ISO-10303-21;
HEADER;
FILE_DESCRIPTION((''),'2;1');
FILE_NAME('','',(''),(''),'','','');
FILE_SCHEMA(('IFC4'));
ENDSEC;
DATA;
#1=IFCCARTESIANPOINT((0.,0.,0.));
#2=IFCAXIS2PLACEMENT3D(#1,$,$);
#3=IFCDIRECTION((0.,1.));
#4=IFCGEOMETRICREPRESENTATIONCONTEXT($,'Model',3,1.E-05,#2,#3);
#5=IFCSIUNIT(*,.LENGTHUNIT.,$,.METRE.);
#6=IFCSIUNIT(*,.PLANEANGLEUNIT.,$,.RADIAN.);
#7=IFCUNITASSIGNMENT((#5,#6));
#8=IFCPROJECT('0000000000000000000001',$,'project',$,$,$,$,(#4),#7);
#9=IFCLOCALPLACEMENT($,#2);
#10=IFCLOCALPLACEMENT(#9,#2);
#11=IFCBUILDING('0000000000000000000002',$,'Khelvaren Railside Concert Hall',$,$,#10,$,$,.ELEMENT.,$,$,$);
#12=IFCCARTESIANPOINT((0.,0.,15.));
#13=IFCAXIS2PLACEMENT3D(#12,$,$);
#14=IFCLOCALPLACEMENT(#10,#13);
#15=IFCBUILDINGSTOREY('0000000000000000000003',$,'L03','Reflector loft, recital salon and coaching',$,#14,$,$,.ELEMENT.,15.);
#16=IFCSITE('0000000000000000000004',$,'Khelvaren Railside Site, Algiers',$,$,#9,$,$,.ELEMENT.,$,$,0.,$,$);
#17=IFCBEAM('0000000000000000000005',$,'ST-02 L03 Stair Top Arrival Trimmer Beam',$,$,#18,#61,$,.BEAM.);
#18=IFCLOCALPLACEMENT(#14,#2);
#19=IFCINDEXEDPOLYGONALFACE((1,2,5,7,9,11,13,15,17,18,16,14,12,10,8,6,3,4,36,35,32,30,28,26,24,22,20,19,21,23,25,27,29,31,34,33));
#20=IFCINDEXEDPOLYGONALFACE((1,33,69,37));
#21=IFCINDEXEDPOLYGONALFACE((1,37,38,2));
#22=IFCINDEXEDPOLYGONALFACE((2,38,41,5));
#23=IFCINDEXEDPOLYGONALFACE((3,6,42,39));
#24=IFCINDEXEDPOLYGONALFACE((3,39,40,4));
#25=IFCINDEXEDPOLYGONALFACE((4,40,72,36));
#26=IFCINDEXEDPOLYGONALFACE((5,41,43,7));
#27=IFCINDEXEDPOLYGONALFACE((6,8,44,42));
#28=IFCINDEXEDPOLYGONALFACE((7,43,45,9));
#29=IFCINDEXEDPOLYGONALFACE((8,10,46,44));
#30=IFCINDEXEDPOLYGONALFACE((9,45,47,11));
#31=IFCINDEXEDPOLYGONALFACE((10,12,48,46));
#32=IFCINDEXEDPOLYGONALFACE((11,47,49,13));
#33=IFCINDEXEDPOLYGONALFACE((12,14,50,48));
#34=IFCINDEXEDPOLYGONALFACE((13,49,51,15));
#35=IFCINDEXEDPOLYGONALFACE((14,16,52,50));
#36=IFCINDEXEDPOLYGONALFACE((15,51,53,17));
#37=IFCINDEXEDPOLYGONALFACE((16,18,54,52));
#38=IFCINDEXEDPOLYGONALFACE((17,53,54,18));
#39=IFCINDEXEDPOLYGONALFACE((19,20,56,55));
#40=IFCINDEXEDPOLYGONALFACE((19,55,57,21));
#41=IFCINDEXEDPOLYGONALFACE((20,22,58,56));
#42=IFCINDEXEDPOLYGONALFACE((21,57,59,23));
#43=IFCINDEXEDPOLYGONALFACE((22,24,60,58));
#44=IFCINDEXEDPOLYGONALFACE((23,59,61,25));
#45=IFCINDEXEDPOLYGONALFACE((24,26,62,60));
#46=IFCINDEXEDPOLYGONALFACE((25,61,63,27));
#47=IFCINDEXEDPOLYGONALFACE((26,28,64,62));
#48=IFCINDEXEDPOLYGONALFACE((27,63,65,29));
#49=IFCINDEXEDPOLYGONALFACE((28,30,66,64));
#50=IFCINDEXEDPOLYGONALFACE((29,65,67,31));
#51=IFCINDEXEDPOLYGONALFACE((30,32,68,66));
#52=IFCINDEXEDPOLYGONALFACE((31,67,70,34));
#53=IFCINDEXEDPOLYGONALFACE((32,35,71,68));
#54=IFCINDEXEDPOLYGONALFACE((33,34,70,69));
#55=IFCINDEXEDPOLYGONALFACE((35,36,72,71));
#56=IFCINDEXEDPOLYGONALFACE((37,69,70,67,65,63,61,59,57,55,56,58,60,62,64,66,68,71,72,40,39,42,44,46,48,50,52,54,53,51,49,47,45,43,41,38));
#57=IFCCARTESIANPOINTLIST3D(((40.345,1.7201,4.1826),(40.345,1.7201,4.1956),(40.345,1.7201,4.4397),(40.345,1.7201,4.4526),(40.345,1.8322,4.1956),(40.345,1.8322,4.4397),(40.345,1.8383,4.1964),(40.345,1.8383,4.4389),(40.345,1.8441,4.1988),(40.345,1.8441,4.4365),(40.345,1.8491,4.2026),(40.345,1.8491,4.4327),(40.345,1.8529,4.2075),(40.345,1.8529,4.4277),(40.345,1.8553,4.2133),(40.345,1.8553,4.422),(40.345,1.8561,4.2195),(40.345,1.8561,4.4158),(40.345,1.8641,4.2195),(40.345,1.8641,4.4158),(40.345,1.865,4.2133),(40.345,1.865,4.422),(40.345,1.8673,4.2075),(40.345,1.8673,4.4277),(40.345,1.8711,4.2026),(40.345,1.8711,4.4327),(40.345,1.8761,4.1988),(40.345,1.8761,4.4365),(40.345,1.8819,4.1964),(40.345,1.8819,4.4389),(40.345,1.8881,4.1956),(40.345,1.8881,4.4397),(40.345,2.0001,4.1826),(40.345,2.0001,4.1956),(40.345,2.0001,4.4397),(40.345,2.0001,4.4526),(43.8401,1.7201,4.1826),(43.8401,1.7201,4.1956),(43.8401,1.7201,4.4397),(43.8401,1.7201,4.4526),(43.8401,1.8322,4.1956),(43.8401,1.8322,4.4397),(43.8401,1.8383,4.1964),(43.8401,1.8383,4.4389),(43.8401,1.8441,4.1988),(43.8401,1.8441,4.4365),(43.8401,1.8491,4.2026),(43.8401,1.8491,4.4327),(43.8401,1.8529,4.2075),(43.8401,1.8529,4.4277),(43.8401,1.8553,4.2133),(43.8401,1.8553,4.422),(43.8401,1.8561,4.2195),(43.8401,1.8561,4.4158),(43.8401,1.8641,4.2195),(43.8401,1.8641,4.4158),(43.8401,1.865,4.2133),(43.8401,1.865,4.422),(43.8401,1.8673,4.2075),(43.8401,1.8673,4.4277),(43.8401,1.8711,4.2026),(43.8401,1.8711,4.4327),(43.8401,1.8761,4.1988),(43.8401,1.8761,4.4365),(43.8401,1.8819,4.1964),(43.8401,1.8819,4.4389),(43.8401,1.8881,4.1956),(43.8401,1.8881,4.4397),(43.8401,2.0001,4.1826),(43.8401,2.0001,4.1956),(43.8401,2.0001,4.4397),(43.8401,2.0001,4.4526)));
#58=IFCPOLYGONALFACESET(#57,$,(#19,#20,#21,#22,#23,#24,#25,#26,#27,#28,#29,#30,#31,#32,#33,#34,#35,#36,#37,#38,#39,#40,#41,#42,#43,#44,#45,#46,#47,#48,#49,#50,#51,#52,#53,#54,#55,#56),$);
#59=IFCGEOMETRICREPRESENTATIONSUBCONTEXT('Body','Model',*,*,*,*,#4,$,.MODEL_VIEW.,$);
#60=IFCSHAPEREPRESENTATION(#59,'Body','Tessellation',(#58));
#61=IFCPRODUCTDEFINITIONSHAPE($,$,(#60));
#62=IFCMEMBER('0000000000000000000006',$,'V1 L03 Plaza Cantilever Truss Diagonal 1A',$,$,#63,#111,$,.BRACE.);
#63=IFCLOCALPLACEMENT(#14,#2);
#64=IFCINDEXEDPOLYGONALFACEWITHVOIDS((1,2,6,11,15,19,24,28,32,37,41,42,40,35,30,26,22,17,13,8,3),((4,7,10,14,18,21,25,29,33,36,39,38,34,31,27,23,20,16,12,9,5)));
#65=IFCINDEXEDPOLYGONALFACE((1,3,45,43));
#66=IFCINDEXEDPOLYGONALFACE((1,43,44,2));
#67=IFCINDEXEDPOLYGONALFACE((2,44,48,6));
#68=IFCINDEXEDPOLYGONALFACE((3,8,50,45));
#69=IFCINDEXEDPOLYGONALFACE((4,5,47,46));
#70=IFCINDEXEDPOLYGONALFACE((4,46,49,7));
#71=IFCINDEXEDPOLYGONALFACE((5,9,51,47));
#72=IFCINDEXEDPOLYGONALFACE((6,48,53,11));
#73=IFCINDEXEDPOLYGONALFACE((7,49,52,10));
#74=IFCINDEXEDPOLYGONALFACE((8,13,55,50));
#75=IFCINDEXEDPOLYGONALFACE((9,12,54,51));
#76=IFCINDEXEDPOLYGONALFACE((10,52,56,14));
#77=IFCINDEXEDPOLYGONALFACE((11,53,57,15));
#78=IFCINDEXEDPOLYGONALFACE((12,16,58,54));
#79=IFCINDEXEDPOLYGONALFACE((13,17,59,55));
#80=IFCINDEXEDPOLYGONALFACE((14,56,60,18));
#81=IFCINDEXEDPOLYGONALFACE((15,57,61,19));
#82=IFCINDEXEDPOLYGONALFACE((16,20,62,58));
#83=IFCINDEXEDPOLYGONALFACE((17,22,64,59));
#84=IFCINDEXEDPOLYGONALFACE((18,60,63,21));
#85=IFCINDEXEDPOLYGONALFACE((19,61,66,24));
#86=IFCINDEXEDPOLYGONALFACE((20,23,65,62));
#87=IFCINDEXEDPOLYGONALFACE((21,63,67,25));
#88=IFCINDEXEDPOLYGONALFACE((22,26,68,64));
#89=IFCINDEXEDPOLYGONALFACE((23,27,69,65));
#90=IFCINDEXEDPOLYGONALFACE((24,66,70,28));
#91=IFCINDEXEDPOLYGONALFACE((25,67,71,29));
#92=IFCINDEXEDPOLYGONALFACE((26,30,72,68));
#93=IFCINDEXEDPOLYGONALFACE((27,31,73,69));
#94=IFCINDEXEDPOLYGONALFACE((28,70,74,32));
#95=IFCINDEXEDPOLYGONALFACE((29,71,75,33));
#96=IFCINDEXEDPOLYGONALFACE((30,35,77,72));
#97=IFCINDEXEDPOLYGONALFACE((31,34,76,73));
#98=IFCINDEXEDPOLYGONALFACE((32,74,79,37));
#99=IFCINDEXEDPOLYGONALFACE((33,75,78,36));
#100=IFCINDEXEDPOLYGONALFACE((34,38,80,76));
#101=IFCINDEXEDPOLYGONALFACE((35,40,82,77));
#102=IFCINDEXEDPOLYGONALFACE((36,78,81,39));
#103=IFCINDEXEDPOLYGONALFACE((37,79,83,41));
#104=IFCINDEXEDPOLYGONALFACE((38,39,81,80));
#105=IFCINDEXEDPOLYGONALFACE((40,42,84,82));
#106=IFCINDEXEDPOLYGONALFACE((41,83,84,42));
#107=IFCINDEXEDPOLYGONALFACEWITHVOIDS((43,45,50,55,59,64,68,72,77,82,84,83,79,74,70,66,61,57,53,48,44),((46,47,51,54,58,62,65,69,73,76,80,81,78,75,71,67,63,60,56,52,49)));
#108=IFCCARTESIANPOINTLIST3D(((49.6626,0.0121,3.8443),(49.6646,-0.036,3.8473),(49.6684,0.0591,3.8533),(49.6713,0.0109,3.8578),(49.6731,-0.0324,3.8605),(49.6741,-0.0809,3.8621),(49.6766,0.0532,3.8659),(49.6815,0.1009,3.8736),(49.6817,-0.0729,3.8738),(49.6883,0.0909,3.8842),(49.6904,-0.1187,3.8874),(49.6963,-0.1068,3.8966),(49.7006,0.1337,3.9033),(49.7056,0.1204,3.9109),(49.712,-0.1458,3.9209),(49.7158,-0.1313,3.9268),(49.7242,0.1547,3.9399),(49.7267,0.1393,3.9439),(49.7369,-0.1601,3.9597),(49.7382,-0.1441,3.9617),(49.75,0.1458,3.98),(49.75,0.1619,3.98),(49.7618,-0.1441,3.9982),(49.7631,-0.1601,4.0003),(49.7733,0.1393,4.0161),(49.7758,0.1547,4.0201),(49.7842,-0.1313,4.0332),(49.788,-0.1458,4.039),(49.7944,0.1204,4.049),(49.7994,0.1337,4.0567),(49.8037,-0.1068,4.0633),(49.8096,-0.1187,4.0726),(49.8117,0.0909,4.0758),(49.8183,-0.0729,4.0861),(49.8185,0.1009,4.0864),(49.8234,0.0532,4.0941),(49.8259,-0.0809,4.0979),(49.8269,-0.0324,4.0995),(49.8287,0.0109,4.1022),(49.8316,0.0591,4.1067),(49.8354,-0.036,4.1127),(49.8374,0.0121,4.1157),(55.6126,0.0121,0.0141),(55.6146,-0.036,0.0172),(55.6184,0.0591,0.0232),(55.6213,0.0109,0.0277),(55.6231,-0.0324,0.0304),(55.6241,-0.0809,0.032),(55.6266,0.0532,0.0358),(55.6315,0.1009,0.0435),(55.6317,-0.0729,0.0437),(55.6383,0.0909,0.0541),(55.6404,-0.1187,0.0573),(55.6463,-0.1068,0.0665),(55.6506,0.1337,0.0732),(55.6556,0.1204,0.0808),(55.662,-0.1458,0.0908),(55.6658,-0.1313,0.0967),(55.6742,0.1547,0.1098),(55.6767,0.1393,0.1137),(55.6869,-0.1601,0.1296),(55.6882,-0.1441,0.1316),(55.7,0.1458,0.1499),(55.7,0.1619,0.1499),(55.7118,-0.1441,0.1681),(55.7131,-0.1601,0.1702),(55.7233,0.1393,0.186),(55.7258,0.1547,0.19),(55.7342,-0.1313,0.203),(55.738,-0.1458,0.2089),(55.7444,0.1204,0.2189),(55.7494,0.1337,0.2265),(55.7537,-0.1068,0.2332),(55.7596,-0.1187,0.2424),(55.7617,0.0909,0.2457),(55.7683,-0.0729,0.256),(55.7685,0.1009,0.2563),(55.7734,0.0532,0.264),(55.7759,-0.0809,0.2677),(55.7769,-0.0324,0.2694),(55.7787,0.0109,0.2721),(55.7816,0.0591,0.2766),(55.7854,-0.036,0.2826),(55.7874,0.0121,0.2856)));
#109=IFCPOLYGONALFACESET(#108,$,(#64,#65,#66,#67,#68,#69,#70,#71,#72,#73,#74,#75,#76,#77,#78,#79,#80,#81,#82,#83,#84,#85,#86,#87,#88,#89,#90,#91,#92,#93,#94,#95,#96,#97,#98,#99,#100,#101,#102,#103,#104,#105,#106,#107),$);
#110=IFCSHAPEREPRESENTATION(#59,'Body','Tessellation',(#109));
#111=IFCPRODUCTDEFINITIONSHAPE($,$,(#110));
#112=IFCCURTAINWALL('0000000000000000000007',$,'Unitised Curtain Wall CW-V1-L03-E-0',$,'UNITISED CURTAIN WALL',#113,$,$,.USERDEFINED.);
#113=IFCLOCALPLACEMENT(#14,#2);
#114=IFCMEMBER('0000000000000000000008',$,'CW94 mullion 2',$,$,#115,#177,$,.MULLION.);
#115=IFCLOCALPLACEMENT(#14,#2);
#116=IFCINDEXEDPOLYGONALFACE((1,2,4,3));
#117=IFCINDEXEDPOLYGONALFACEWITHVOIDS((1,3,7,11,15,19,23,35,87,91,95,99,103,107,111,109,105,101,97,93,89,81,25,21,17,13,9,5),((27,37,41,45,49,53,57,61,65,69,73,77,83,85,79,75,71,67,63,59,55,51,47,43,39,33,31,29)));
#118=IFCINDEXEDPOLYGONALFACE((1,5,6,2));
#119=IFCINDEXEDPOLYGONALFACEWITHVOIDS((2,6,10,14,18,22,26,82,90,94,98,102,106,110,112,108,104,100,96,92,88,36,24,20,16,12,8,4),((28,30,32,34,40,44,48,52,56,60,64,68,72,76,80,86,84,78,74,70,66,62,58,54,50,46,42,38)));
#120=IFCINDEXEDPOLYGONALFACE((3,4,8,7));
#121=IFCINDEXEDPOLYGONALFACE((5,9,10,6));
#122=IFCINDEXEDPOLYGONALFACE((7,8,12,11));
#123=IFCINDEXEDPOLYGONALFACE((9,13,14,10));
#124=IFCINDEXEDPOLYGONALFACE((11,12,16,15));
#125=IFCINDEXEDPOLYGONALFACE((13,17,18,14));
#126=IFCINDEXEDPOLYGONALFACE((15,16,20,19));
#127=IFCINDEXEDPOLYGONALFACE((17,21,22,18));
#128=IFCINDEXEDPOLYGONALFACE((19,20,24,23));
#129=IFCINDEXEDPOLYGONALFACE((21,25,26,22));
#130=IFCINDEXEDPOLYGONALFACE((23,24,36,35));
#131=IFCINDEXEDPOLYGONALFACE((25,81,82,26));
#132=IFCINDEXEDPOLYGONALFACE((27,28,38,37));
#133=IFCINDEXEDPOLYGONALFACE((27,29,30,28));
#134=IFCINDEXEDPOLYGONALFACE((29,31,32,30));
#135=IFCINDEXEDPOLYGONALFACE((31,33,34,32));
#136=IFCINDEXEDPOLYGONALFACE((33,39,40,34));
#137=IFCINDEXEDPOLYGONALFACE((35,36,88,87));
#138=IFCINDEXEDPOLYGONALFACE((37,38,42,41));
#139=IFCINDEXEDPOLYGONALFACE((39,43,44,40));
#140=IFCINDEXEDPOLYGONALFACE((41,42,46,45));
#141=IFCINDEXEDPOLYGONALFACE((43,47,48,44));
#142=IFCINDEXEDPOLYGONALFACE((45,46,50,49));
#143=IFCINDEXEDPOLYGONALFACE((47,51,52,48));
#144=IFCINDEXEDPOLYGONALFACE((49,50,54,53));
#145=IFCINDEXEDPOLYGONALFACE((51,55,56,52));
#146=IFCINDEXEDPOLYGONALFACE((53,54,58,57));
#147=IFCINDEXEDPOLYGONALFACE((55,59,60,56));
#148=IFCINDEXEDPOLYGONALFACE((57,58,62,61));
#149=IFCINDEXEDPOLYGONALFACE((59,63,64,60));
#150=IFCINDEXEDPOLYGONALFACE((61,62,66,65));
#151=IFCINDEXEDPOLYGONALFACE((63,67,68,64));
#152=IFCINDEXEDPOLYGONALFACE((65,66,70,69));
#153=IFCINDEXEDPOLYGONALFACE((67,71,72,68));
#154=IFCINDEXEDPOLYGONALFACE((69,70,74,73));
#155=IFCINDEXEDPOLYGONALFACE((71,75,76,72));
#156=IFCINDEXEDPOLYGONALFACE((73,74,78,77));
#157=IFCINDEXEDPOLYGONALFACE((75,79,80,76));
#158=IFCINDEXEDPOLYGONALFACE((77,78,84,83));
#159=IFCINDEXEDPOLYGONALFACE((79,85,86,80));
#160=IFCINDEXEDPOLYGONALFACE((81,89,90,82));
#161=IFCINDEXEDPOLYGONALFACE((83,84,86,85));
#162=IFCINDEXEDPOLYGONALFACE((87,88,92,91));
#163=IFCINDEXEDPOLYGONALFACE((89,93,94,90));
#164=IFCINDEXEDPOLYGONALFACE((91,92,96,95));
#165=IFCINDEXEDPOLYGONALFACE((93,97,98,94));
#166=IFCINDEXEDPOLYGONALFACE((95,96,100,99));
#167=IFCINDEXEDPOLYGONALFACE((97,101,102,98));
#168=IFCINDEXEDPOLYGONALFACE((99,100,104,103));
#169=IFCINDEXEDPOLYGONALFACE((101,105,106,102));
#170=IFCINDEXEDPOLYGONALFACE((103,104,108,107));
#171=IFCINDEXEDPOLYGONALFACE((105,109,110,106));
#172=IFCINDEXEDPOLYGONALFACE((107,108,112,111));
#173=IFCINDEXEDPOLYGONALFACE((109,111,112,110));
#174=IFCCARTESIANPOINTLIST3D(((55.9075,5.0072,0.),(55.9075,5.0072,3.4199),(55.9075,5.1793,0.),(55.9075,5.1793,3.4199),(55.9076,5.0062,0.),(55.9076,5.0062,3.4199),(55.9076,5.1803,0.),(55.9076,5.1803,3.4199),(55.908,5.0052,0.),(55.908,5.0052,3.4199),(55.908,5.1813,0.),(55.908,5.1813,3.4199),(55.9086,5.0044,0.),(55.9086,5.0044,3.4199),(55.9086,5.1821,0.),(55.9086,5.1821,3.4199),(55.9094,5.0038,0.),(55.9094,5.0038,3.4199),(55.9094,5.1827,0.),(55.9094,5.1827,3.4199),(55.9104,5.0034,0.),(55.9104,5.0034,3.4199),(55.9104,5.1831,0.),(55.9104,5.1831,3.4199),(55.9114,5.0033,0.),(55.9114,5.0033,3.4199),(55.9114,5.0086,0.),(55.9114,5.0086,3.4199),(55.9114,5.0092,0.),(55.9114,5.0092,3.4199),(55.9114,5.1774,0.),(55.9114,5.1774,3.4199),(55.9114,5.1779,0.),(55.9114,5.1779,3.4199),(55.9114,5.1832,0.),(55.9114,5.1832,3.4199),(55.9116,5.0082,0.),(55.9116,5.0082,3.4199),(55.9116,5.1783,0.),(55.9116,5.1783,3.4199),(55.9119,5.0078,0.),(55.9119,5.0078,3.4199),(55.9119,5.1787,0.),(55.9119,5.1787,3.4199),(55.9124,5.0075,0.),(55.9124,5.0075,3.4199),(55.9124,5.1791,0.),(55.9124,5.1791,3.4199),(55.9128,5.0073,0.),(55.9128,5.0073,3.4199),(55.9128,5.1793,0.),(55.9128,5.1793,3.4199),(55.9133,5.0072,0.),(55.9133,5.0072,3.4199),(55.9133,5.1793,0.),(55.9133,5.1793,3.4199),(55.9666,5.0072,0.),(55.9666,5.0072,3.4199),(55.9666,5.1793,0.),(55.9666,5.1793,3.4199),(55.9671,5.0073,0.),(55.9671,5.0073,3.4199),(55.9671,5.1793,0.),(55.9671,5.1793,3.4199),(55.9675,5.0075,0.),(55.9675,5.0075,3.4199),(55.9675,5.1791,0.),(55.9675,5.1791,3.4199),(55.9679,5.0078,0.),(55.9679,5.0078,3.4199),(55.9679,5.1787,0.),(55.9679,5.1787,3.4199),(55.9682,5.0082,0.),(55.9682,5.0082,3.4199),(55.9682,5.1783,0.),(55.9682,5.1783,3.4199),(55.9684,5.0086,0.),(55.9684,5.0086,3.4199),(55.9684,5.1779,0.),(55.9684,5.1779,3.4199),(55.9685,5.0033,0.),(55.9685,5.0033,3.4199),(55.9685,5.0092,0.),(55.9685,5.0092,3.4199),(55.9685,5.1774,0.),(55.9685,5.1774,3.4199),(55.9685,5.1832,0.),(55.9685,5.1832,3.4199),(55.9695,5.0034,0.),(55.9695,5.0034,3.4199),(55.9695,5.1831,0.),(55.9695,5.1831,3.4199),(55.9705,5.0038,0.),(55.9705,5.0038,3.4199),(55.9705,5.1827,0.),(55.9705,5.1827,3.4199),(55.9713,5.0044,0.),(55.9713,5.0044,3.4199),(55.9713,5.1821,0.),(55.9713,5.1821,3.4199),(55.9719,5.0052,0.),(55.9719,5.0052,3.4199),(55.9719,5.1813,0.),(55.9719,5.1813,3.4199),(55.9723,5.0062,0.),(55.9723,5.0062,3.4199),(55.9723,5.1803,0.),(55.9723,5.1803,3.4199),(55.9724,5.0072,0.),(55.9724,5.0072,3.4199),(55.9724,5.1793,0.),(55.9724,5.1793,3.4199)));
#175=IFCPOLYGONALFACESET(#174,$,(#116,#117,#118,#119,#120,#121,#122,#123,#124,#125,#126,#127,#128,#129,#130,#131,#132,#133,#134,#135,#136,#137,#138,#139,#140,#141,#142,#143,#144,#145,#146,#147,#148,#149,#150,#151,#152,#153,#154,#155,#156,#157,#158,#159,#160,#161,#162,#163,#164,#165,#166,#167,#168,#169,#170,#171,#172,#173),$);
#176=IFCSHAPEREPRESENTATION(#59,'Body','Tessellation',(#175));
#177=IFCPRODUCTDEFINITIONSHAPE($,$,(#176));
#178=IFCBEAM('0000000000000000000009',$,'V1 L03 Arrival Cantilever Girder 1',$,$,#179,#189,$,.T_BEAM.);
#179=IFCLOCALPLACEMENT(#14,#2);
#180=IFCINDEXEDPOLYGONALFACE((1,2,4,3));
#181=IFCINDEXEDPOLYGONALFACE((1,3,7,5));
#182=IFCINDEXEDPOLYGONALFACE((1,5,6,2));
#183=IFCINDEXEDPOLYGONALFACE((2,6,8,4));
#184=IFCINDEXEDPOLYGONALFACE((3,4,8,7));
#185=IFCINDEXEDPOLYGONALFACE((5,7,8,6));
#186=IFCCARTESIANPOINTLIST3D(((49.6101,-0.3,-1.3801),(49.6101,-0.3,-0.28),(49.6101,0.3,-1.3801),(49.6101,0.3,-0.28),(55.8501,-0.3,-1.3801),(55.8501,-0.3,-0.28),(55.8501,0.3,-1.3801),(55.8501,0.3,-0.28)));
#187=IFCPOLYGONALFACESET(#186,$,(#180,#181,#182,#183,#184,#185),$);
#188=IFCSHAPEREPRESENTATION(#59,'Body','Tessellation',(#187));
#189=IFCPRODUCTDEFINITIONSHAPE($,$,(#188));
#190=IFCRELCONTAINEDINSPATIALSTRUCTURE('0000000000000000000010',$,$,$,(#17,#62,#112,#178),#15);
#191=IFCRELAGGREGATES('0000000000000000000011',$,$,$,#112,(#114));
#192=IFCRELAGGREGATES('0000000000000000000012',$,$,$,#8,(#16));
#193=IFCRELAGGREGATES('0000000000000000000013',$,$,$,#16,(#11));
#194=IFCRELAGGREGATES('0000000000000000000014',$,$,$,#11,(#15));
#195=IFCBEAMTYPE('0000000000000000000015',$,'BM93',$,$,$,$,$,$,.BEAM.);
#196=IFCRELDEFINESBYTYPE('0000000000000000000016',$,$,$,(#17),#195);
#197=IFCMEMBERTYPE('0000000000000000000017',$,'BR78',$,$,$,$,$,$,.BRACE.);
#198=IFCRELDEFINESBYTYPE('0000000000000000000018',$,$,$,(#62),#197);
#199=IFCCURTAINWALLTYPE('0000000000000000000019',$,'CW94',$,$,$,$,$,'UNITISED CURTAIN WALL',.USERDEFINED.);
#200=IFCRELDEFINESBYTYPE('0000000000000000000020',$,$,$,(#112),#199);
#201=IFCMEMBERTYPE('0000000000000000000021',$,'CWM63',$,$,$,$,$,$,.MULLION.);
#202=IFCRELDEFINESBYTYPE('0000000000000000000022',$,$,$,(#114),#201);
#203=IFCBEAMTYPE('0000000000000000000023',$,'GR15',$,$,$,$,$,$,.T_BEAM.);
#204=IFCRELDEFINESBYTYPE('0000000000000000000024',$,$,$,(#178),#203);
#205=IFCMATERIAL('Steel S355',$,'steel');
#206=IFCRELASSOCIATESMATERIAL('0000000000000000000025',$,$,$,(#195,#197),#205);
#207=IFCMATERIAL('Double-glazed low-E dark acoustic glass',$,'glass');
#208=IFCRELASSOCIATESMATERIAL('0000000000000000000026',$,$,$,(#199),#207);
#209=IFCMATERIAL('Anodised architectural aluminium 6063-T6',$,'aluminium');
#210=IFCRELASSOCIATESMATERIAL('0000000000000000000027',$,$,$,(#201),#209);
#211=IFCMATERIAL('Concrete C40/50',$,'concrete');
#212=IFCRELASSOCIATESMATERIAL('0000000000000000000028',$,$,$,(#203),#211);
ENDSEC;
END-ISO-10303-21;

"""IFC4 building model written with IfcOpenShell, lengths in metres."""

from ifc_helpers import new_model, si_unit, direction, frame, origin, origin_2d, place, context, subcontext, project, spatial, rectangle, hollow_rectangle, hollow_circle, i_section, extrude, material, material_profile, profile_set, type_object, element, aggregate, save


model = new_model("IFC4")

# Units and contexts
model_context = context("Model", 3, precision=1e-05, world=origin(), true_north=direction((0.0, 1.0)))
body_context = subcontext(model_context, "Body", "Model", "MODEL_VIEW")
ifc_project = project(units=[si_unit("LENGTHUNIT", "METRE"), si_unit("PLANEANGLEUNIT", "RADIAN")], contexts=[model_context])

# Site, building, storey
site_placement = place(None, origin())
site = spatial("IfcSite", under=ifc_project, at=site_placement, Name="Khelvaren Railside Site, Algiers", CompositionType="ELEMENT", RefElevation=0.0)
building_placement = place(site_placement, origin())
building = spatial("IfcBuilding", under=site, at=building_placement, Name="Khelvaren Railside Concert Hall", CompositionType="ELEMENT")
storey_placement = place(building_placement, frame((0.0, 0.0, 15.0)))
storey = spatial("IfcBuildingStorey", under=building, at=storey_placement, Name="L03", Description="Reflector loft, recital salon and coaching", CompositionType="ELEMENT", Elevation=15.0)

# Shared definitions
ifc_material_1 = material(Name="Steel S355", Category="steel")

# Beam
ifc_material_profile_1 = material_profile(ifc_material_1, i_section(OverallWidth=0.28, OverallDepth=0.27, WebThickness=0.0081, FlangeThickness=0.0129, FilletRadius=0.0239, at=origin_2d()), Name="HEA 280")
ifc_profile_set_1 = profile_set([ifc_material_profile_1], Name="Steel S355")
beam_type_1 = type_object("IfcBeamType", Name="BM93", PredefinedType="BEAM", material=ifc_profile_set_1)
beam_1_placement = place(storey_placement, frame((40.345, 1.8601, 4.3176), z_axis=(1.0, 0.0, 0.0), x_axis=(0.0, 1.0, 0.0)))
element("IfcBeam", 1, at=beam_1_placement, inside=storey, type_object=beam_type_1, Name="ST-02 L03 Stair Top Arrival Trimmer Beam", PredefinedType="BEAM", context=body_context, shape_type="SweptSolid", body=[
    extrude(i_section(OverallWidth=0.28, OverallDepth=0.27, WebThickness=0.0081, FlangeThickness=0.0129, FilletRadius=0.0239, at=origin_2d()), origin(), (0.0, 0.0, 1.0), 3.4951),
])

# Member
ifc_material_profile_2 = material_profile(ifc_material_1, hollow_circle(Radius=0.1619, WallThickness=0.0161, at=origin_2d()), Name="CHS 323.9x16")
ifc_profile_set_2 = profile_set([ifc_material_profile_2], Name="Steel S355")
member_type_1 = type_object("IfcMemberType", Name="BR78", PredefinedType="BRACE", material=ifc_profile_set_2)
member_1_placement = place(storey_placement, frame((49.75, 0.0, 3.98), z_axis=(0.84085, 0.0, -0.541268), x_axis=(0.0, 1.0, 0.0)))
element("IfcMember", 2, at=member_1_placement, inside=storey, type_object=member_type_1, Name="V1 L03 Plaza Cantilever Truss Diagonal 1A", PredefinedType="BRACE", context=body_context, shape_type="SweptSolid", body=[
    extrude(hollow_circle(Radius=0.1619, WallThickness=0.0161, at=origin_2d()), origin(), (0.0, 0.0, 1.0), 7.0762),
])

# Curtain wall, member
ifc_material_2 = material(Name="Double-glazed low-E dark acoustic glass", Category="glass")
curtain_wall_type = type_object("IfcCurtainWallType", Name="CW94", ElementType="UNITISED CURTAIN WALL", PredefinedType="USERDEFINED", material=ifc_material_2)
curtain_wall_placement = place(storey_placement, origin())
curtain_wall = element("IfcCurtainWall", 3, at=curtain_wall_placement, inside=storey, type_object=curtain_wall_type, Name="Unitised Curtain Wall CW-V1-L03-E-0", ObjectType="UNITISED CURTAIN WALL", PredefinedType="USERDEFINED")
ifc_material_3 = material(Name="Anodised architectural aluminium 6063-T6", Category="aluminium")
ifc_material_profile_3 = material_profile(ifc_material_3, hollow_rectangle(XDim=0.0649, YDim=0.1799, WallThickness=0.0039, InnerFilletRadius=0.002, OuterFilletRadius=0.0039, at=origin_2d()), Name="CWM 65x180x4")
ifc_profile_set_3 = profile_set([ifc_material_profile_3], Name="Anodised architectural aluminium 6063-T6")
member_type_2 = type_object("IfcMemberType", Name="CWM63", PredefinedType="MULLION", material=ifc_profile_set_3)
member_2_placement = place(storey_placement, frame((55.9399, 5.0933, 0.0), z_axis=(0.0, 0.0, 1.0), x_axis=(1.0, 0.0, 0.0)))
member_2 = element("IfcMember", 4, at=member_2_placement, type_object=member_type_2, Name="CW94 mullion 2", PredefinedType="MULLION", context=body_context, shape_type="SweptSolid", body=[
    extrude(hollow_rectangle(XDim=0.0649, YDim=0.1799, WallThickness=0.0039, InnerFilletRadius=0.002, OuterFilletRadius=0.0039, at=origin_2d()), origin(), (0.0, 0.0, 1.0), 3.4199),
])
aggregate(curtain_wall, [member_2])

# Beam
ifc_material_4 = material(Name="Concrete C40/50", Category="concrete")
ifc_material_profile_4 = material_profile(ifc_material_4, rectangle(XDim=0.6001, YDim=1.1001, at=origin_2d()), Name="RCB 600x1100")
ifc_profile_set_4 = profile_set([ifc_material_profile_4], Name="Concrete C40/50")
beam_type_2 = type_object("IfcBeamType", Name="GR15", PredefinedType="T_BEAM", material=ifc_profile_set_4)
beam_2_placement = place(storey_placement, frame((49.6101, 0.0, -0.8301), z_axis=(1.0, 0.0, 0.0), x_axis=(0.0, 1.0, 0.0)))
element("IfcBeam", 5, at=beam_2_placement, inside=storey, type_object=beam_type_2, Name="V1 L03 Arrival Cantilever Girder 1", PredefinedType="T_BEAM", context=body_context, shape_type="SweptSolid", body=[
    extrude(rectangle(XDim=0.6001, YDim=1.1001, at=origin_2d()), origin(), (0.0, 0.0, 1.0), 6.24),
])

save(model, "model.ifc")
